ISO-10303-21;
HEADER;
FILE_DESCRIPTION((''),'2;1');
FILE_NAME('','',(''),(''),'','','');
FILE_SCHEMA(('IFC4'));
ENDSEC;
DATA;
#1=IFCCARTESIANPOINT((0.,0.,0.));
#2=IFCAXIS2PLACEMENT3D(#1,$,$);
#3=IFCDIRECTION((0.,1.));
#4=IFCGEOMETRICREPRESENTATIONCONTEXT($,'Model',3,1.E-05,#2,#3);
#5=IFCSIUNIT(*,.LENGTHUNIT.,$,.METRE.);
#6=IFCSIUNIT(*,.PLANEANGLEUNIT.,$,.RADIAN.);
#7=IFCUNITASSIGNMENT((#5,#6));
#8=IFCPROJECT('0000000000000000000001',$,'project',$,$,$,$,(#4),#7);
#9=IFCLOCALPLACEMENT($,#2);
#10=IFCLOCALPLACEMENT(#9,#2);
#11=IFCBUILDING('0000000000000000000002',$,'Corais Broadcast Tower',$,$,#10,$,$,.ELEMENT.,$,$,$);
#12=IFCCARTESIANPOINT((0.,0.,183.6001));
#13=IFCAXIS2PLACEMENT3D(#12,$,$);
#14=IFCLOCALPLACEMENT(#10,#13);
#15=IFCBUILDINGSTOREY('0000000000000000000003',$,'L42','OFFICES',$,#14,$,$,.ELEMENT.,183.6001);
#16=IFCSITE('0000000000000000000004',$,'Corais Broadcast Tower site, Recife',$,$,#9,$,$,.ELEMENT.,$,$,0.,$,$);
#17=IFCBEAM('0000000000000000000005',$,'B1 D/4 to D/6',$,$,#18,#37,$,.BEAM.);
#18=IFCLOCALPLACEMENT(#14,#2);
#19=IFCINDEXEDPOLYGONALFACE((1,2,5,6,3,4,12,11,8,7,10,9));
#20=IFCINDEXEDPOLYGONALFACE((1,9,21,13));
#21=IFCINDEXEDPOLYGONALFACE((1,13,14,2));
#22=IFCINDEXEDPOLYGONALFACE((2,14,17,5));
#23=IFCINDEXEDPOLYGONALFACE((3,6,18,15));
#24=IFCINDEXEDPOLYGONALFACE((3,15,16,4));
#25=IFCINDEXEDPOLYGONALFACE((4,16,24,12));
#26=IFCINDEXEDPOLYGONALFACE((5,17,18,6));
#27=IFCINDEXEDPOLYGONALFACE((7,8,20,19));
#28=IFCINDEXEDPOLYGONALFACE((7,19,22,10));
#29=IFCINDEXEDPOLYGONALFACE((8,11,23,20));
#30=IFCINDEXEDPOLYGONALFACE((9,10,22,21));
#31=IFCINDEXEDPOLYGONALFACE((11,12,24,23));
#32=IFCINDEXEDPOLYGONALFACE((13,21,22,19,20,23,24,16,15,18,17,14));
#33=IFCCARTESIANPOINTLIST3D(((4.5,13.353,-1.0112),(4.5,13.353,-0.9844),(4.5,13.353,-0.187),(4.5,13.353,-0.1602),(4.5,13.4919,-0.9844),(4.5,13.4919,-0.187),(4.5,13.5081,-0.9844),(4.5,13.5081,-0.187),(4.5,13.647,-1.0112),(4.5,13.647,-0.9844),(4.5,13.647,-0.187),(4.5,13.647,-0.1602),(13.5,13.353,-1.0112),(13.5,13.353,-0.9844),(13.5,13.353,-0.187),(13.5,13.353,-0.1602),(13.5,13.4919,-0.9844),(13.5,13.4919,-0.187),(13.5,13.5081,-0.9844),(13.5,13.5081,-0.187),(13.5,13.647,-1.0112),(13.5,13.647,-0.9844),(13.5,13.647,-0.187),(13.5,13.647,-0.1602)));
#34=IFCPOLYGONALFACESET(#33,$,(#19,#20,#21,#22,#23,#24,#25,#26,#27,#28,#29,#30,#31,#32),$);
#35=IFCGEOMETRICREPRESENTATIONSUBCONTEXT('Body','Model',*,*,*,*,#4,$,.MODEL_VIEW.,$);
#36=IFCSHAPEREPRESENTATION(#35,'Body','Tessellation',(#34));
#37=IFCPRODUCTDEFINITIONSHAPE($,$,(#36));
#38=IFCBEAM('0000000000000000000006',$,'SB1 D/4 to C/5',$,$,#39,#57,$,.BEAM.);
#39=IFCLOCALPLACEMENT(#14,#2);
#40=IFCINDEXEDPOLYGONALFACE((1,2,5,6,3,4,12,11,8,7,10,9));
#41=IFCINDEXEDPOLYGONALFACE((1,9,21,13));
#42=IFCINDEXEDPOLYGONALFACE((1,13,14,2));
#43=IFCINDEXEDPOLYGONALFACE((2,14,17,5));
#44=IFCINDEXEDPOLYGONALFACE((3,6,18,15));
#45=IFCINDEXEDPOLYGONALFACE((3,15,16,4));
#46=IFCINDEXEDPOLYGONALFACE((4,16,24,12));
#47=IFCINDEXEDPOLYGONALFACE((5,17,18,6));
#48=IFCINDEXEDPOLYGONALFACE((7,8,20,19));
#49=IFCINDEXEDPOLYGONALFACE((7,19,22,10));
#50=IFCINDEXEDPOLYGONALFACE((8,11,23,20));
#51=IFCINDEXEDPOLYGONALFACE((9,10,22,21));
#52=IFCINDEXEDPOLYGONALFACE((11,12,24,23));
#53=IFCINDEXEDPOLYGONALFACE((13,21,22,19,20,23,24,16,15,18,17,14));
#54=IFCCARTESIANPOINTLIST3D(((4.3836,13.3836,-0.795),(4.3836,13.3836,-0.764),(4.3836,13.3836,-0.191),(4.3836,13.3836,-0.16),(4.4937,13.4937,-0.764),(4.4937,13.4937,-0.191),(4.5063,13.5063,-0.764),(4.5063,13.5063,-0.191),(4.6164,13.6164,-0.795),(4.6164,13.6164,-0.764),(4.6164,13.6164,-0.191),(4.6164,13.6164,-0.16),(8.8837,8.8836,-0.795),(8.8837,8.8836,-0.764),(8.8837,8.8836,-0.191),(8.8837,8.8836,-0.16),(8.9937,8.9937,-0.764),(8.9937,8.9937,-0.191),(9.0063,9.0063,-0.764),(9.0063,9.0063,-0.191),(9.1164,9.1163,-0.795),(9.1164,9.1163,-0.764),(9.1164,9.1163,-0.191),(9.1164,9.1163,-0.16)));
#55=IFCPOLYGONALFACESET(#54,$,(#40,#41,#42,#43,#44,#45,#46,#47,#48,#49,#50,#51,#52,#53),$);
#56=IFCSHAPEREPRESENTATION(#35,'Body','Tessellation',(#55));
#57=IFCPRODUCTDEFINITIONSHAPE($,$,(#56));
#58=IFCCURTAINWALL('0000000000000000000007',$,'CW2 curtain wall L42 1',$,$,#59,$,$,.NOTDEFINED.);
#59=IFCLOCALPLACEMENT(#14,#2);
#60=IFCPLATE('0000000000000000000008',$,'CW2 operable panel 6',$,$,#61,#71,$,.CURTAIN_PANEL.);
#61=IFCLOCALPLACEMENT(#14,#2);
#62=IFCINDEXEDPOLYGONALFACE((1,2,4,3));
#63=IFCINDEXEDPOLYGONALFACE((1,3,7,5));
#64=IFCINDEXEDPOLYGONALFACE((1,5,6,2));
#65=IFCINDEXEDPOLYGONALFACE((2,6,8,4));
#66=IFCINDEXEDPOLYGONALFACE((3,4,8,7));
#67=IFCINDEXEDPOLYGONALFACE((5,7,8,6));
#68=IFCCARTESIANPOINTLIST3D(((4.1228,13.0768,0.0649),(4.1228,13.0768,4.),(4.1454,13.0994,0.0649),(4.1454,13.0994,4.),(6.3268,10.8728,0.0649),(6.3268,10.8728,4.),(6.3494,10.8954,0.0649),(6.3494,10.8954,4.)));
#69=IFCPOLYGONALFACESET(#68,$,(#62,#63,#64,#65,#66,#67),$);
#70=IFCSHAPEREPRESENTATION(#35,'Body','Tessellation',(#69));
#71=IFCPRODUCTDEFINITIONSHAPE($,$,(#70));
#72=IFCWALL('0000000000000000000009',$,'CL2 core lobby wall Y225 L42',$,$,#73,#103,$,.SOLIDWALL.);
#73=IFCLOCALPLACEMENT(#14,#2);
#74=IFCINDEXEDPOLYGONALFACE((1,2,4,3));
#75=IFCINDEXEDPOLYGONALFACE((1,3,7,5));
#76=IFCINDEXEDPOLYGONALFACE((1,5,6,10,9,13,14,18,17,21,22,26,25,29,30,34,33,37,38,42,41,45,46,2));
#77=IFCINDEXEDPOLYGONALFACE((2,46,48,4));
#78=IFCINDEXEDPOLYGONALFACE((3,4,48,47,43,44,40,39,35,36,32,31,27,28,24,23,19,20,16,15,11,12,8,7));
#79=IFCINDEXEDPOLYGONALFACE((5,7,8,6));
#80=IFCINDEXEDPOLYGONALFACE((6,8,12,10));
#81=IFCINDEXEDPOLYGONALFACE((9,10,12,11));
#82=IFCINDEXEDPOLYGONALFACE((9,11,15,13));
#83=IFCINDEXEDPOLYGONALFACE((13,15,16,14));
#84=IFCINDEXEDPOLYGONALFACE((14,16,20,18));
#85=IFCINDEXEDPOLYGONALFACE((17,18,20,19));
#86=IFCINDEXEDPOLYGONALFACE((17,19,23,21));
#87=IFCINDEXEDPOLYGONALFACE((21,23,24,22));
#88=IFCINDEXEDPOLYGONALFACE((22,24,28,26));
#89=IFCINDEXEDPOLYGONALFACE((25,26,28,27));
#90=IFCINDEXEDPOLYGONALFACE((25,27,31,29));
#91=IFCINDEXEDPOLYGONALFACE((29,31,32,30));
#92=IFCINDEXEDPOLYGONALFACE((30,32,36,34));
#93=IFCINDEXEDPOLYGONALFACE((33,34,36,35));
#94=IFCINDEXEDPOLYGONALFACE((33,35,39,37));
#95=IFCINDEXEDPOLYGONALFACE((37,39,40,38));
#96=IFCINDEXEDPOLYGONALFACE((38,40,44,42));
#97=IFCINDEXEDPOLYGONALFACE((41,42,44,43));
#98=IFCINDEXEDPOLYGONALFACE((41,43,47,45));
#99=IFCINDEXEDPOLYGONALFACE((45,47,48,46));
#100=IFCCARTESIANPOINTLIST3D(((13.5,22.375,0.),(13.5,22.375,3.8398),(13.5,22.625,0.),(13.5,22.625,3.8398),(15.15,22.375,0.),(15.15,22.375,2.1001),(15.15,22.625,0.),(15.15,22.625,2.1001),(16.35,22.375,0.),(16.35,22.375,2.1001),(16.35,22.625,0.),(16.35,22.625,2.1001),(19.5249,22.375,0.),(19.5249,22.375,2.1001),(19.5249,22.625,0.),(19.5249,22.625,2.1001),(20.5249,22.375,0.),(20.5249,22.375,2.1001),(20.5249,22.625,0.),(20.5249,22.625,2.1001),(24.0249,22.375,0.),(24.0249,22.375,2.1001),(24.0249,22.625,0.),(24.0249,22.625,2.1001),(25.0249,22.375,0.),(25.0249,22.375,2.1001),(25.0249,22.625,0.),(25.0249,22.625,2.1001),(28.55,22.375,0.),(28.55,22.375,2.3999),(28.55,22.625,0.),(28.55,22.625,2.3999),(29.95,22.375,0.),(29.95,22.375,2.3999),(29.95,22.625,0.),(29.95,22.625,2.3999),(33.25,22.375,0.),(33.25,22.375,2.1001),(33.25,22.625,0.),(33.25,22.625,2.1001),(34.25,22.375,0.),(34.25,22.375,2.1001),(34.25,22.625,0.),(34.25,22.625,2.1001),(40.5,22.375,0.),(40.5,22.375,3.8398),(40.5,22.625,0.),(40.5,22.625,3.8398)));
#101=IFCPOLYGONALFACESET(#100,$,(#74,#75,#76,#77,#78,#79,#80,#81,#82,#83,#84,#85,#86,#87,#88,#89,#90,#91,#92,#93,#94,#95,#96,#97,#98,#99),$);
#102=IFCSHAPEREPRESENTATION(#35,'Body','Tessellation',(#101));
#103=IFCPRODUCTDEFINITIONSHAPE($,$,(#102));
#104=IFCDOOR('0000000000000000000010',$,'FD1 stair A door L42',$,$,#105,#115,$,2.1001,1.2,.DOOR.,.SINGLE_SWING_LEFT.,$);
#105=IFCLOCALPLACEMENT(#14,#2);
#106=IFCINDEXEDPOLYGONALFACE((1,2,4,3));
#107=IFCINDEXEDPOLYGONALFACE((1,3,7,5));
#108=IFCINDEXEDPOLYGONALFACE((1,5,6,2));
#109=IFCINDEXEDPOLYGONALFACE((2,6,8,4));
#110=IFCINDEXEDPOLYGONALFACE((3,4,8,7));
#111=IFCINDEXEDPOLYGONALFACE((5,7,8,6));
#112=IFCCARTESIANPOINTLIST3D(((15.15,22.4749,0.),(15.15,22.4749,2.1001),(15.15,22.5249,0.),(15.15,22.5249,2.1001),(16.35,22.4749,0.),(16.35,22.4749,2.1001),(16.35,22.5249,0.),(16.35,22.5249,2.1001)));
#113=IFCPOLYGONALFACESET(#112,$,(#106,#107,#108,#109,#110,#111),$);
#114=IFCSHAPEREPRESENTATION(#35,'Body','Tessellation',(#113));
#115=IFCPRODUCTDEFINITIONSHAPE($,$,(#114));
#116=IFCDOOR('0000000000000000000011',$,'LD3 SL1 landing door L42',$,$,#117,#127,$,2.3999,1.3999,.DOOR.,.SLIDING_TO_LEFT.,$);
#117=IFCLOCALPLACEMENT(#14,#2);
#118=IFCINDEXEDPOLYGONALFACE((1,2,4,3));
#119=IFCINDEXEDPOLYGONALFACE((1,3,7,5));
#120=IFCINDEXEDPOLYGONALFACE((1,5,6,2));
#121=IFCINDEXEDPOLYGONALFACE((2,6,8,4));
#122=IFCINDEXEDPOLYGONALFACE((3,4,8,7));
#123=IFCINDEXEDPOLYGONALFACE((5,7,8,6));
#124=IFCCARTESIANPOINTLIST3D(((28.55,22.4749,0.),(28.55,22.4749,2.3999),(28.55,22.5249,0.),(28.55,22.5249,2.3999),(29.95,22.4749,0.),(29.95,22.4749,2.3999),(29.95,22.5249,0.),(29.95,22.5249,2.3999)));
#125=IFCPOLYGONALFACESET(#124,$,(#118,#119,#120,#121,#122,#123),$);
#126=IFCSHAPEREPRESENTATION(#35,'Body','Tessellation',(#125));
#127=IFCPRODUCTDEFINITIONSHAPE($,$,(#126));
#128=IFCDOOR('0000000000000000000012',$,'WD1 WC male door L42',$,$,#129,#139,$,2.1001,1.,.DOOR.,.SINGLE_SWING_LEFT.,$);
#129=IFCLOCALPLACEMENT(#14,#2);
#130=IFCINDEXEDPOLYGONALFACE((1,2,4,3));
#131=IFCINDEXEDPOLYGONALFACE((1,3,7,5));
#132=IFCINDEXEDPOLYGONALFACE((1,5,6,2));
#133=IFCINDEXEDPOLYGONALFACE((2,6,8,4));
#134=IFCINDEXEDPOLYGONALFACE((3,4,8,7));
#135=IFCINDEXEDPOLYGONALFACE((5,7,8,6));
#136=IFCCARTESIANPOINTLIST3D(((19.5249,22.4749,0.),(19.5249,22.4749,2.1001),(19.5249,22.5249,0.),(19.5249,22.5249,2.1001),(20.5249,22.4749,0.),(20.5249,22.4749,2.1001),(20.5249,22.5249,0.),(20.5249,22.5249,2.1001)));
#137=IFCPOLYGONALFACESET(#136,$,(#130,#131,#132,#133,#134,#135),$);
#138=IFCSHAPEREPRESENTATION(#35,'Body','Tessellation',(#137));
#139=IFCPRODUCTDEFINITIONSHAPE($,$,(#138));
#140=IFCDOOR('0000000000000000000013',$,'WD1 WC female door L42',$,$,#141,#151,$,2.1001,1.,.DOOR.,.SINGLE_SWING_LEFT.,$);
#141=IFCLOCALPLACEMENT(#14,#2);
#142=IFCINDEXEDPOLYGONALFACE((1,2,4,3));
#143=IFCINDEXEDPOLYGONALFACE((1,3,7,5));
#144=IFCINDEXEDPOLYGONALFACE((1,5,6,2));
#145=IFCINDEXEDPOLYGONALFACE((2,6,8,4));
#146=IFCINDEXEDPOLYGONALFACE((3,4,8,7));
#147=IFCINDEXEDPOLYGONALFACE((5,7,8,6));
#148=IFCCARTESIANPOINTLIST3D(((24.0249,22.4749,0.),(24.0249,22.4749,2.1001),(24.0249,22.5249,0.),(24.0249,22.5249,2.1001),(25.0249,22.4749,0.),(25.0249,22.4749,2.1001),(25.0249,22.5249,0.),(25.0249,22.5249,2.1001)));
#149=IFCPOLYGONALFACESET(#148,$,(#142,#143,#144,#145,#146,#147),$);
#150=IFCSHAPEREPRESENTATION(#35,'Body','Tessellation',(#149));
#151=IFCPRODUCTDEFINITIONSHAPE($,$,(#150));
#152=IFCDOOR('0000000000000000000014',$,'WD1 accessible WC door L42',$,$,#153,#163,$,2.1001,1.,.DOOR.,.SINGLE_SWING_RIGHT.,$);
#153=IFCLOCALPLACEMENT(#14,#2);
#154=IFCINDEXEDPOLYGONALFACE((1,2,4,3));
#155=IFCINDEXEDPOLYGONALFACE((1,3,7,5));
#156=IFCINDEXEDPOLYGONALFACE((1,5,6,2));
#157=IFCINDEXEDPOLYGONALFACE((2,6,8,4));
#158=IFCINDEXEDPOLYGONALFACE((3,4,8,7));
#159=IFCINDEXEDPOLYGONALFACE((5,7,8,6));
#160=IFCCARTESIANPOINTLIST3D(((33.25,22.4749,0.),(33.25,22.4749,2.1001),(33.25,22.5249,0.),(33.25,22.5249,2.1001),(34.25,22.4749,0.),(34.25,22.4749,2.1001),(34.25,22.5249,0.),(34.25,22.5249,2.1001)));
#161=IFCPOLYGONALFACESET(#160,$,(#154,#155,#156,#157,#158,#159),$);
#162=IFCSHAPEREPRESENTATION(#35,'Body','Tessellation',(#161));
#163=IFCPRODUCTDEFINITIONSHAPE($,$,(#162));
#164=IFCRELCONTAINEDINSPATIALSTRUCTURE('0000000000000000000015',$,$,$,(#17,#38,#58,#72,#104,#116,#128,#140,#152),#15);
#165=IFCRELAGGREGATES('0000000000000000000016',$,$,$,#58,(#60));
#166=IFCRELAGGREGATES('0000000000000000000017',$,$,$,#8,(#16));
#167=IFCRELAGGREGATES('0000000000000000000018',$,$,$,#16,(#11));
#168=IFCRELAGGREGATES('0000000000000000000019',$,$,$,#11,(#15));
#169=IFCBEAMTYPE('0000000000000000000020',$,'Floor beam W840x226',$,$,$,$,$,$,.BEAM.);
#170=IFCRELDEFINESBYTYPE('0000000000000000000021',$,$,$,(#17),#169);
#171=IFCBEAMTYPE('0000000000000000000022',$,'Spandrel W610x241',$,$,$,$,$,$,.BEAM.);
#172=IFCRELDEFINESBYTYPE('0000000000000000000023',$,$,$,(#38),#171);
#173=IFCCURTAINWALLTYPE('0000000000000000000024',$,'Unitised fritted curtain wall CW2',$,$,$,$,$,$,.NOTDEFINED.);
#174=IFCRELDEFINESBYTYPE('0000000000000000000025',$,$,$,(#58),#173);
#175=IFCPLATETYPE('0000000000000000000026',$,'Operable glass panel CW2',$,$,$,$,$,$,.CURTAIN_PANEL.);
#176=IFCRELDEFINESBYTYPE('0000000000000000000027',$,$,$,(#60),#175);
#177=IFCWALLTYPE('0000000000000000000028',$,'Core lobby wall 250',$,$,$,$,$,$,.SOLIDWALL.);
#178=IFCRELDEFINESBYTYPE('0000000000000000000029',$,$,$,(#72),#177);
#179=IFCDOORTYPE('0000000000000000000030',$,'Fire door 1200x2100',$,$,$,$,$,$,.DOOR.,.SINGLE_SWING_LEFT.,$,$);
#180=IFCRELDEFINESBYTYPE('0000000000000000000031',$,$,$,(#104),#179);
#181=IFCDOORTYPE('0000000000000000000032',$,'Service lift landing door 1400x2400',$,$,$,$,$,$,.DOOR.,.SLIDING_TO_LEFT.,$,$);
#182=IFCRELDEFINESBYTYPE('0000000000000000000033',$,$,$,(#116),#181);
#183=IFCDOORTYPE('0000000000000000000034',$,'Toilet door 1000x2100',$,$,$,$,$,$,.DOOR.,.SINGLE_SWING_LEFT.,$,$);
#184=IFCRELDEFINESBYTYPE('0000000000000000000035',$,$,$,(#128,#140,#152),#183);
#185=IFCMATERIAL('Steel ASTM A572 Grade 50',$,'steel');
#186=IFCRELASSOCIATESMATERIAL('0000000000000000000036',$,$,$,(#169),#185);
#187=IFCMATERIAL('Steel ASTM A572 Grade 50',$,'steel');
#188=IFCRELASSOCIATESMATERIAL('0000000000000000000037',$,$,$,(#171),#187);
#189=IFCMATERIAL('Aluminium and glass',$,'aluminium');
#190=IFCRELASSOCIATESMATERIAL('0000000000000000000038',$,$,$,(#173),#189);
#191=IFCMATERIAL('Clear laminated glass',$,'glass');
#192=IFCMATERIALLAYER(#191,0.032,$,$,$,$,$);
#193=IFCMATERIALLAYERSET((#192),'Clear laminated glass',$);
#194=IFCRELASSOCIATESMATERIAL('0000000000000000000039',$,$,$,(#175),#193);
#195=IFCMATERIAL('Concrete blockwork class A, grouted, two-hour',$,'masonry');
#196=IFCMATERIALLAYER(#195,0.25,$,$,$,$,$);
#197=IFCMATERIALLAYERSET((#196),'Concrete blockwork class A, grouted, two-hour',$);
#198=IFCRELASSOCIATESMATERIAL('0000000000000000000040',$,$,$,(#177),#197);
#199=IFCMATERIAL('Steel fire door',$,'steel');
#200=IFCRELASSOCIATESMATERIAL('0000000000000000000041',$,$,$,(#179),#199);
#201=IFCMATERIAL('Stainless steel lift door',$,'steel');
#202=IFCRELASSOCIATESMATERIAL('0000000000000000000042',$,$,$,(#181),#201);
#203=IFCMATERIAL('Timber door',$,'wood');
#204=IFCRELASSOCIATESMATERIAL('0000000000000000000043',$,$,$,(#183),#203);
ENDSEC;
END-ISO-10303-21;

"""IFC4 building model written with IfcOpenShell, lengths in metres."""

from ifc_helpers import new_model, si_unit, direction, frame, frame_2d, origin, origin_2d, place, context, subcontext, project, spatial, rectangle, i_section, extrude, material, layer, layer_set, material_profile, profile_set, type_object, element, fill, aggregate, save


model = new_model("IFC4")

# Units and contexts
model_context = context("Model", 3, precision=1e-05, world=origin(), true_north=direction((0.0, 1.0)))
body_context = subcontext(model_context, "Body", "Model", "MODEL_VIEW")
ifc_project = project(units=[si_unit("LENGTHUNIT", "METRE"), si_unit("PLANEANGLEUNIT", "RADIAN")], contexts=[model_context])

# Site, building, storey
site_placement = place(None, origin())
site = spatial("IfcSite", under=ifc_project, at=site_placement, Name="Corais Broadcast Tower site, Recife", CompositionType="ELEMENT", RefElevation=0.0)
building_placement = place(site_placement, origin())
building = spatial("IfcBuilding", under=site, at=building_placement, Name="Corais Broadcast Tower", CompositionType="ELEMENT")
storey_placement = place(building_placement, frame((0.0, 0.0, 183.6001)))
storey = spatial("IfcBuildingStorey", under=building, at=storey_placement, Name="L42", Description="OFFICES", CompositionType="ELEMENT", Elevation=183.6001)

# Beams
ifc_material_1 = material(Name="Steel ASTM A572 Grade 50", Category="steel")
ifc_material_profile_1 = material_profile(ifc_material_1, i_section(OverallWidth=0.2939, OverallDepth=0.8511, WebThickness=0.0161, FlangeThickness=0.0269, at=origin_2d()), Name="W840x226")
ifc_profile_set_1 = profile_set([ifc_material_profile_1], Name="Steel ASTM A572 Grade 50")
beam_type_1 = type_object("IfcBeamType", Name="Floor beam W840x226", PredefinedType="BEAM", material=ifc_profile_set_1)
beam_1_placement = place(storey_placement, frame((4.5, 13.5, -0.5857), z_axis=(1.0, 0.0, 0.0), x_axis=(0.0, 1.0, 0.0)))
element("IfcBeam", 1, at=beam_1_placement, inside=storey, type_object=beam_type_1, Name="B1 D/4 to D/6", PredefinedType="BEAM", context=body_context, shape_type="SweptSolid", body=[
    extrude(i_section(OverallWidth=0.2939, OverallDepth=0.8511, WebThickness=0.0161, FlangeThickness=0.0269, at=origin_2d()), origin(), (0.0, 0.0, 1.0), 9.0),
])
ifc_material_2 = material(Name="Steel ASTM A572 Grade 50", Category="steel")
ifc_material_profile_2 = material_profile(ifc_material_2, i_section(OverallWidth=0.3291, OverallDepth=0.635, WebThickness=0.0178, FlangeThickness=0.031, at=origin_2d()), Name="W610x241")
ifc_profile_set_2 = profile_set([ifc_material_profile_2], Name="Steel ASTM A572 Grade 50")
beam_type_2 = type_object("IfcBeamType", Name="Spandrel W610x241", PredefinedType="BEAM", material=ifc_profile_set_2)
beam_2_placement = place(storey_placement, frame((4.5, 13.5, -0.4775), z_axis=(0.707107, -0.707107, 0.0), x_axis=(0.707107, 0.707107, 0.0)))
element("IfcBeam", 2, at=beam_2_placement, inside=storey, type_object=beam_type_2, Name="SB1 D/4 to C/5", PredefinedType="BEAM", context=body_context, shape_type="SweptSolid", body=[
    extrude(i_section(OverallWidth=0.3291, OverallDepth=0.635, WebThickness=0.0178, FlangeThickness=0.031, at=origin_2d()), origin(), (0.0, 0.0, 1.0), 6.364),
])

# Curtain wall, plate
ifc_material_3 = material(Name="Aluminium and glass", Category="aluminium")
curtain_wall_type = type_object("IfcCurtainWallType", Name="Unitised fritted curtain wall CW2", PredefinedType="NOTDEFINED", material=ifc_material_3)
curtain_wall_placement = place(storey_placement, origin())
curtain_wall = element("IfcCurtainWall", 3, at=curtain_wall_placement, inside=storey, type_object=curtain_wall_type, Name="CW2 curtain wall L42 1", PredefinedType="NOTDEFINED")
ifc_material_4 = material(Name="Clear laminated glass", Category="glass")
ifc_layer_1 = layer(ifc_material_4, 0.032)
ifc_layer_set_1 = layer_set([ifc_layer_1], Name="Clear laminated glass")
plate_type = type_object("IfcPlateType", Name="Operable glass panel CW2", PredefinedType="CURTAIN_PANEL", material=ifc_layer_set_1)
plate_placement = place(storey_placement, frame((5.2361, 11.9861, 0.0649), z_axis=(0.0, 0.0, 1.0), x_axis=(-0.707107, 0.707107, 0.0)))
plate = element("IfcPlate", 4, at=plate_placement, type_object=plate_type, Name="CW2 operable panel 6", PredefinedType="CURTAIN_PANEL", context=body_context, shape_type="SweptSolid", body=[
    extrude(rectangle(XDim=3.1169, YDim=0.032, at=origin_2d()), origin(), (0.0, 0.0, 1.0), 3.9351),
])
aggregate(curtain_wall, [plate])

# Wall, openings, doors
ifc_material_5 = material(Name="Concrete blockwork class A, grouted, two-hour", Category="masonry")
ifc_layer_2 = layer(ifc_material_5, 0.25)
ifc_layer_set_2 = layer_set([ifc_layer_2], Name="Concrete blockwork class A, grouted, two-hour")
wall_type_1 = type_object("IfcWallType", Name="Core lobby wall 250", PredefinedType="SOLIDWALL", material=ifc_layer_set_2)
wall_1_placement = place(storey_placement, frame((13.5, 22.5, 0.0), z_axis=(0.0, 0.0, 1.0), x_axis=(1.0, 0.0, 0.0)))
wall_1 = element("IfcWall", 5, at=wall_1_placement, inside=storey, type_object=wall_type_1, Name="CL2 core lobby wall Y225 L42", PredefinedType="SOLIDWALL", context=body_context, shape_type="SweptSolid", body=[
    extrude(rectangle(XDim=27.0, YDim=0.25, at=frame_2d((13.5, 0.0))), origin(), (0.0, 0.0, 1.0), 3.8398),
])
opening_1_placement = place(wall_1_placement, frame((1.6499, 0.0, 0.0)))
opening_1 = element("IfcOpeningElement", 6, at=opening_1_placement, cuts=wall_1, PredefinedType="OPENING", context=body_context, shape_type="SweptSolid", body=[
    extrude(rectangle(XDim=1.2, YDim=2.1001, at=frame_2d((0.6001, 1.05))), frame((0.0, 0.135, 0.0), z_axis=(0.0, -1.0, 0.0), x_axis=(1.0, 0.0, 0.0)), (0.0, 0.0, 1.0), 0.27),
])
opening_2_placement = place(wall_1_placement, frame((6.0249, 0.0, 0.0)))
opening_2 = element("IfcOpeningElement", 7, at=opening_2_placement, cuts=wall_1, PredefinedType="OPENING", context=body_context, shape_type="SweptSolid", body=[
    extrude(rectangle(XDim=1.0, YDim=2.1001, at=frame_2d((0.5, 1.05))), frame((0.0, 0.135, 0.0), z_axis=(0.0, -1.0, 0.0), x_axis=(1.0, 0.0, 0.0)), (0.0, 0.0, 1.0), 0.27),
])
opening_3_placement = place(wall_1_placement, frame((10.5249, 0.0, 0.0)))
opening_3 = element("IfcOpeningElement", 8, at=opening_3_placement, cuts=wall_1, PredefinedType="OPENING", context=body_context, shape_type="SweptSolid", body=[
    extrude(rectangle(XDim=1.0, YDim=2.1001, at=frame_2d((0.5, 1.05))), frame((0.0, 0.135, 0.0), z_axis=(0.0, -1.0, 0.0), x_axis=(1.0, 0.0, 0.0)), (0.0, 0.0, 1.0), 0.27),
])
opening_4_placement = place(wall_1_placement, frame((19.75, 0.0, 0.0)))
opening_4 = element("IfcOpeningElement", 9, at=opening_4_placement, cuts=wall_1, PredefinedType="OPENING", context=body_context, shape_type="SweptSolid", body=[
    extrude(rectangle(XDim=1.0, YDim=2.1001, at=frame_2d((0.5, 1.05))), frame((0.0, 0.135, 0.0), z_axis=(0.0, -1.0, 0.0), x_axis=(1.0, 0.0, 0.0)), (0.0, 0.0, 1.0), 0.27),
])
opening_5_placement = place(wall_1_placement, frame((15.05, 0.0, 0.0)))
opening_5 = element("IfcOpeningElement", 10, at=opening_5_placement, cuts=wall_1, PredefinedType="OPENING", context=body_context, shape_type="SweptSolid", body=[
    extrude(rectangle(XDim=1.3999, YDim=2.3999, at=frame_2d((0.7, 1.2))), frame((0.0, 0.135, 0.0), z_axis=(0.0, -1.0, 0.0), x_axis=(1.0, 0.0, 0.0)), (0.0, 0.0, 1.0), 0.27),
])
ifc_material_6 = material(Name="Steel fire door", Category="steel")
door_type_1 = type_object("IfcDoorType", Name="Fire door 1200x2100", OperationType="SINGLE_SWING_LEFT", PredefinedType="DOOR", material=ifc_material_6)
door_1_placement = place(opening_1_placement, origin())
door_1 = element("IfcDoor", 11, at=door_1_placement, inside=storey, type_object=door_type_1, Name="FD1 stair A door L42", OperationType="SINGLE_SWING_LEFT", OverallHeight=2.1001, OverallWidth=1.2, PredefinedType="DOOR", context=body_context, shape_type="SweptSolid", body=[
    extrude(rectangle(XDim=1.2, YDim=2.1001, at=frame_2d((0.6001, 1.05))), frame((0.0, 0.0249, 0.0), z_axis=(0.0, -1.0, 0.0), x_axis=(1.0, 0.0, 0.0)), (0.0, 0.0, 1.0), 0.05),
])
fill(opening_1, door_1)
ifc_material_7 = material(Name="Stainless steel lift door", Category="steel")
door_type_2 = type_object("IfcDoorType", Name="Service lift landing door 1400x2400", OperationType="SLIDING_TO_LEFT", PredefinedType="DOOR", material=ifc_material_7)
door_2_placement = place(opening_5_placement, origin())
door_2 = element("IfcDoor", 12, at=door_2_placement, inside=storey, type_object=door_type_2, Name="LD3 SL1 landing door L42", OperationType="SLIDING_TO_LEFT", OverallHeight=2.3999, OverallWidth=1.3999, PredefinedType="DOOR", context=body_context, shape_type="SweptSolid", body=[
    extrude(rectangle(XDim=1.3999, YDim=2.3999, at=frame_2d((0.7, 1.2))), frame((0.0, 0.0249, 0.0), z_axis=(0.0, -1.0, 0.0), x_axis=(1.0, 0.0, 0.0)), (0.0, 0.0, 1.0), 0.05),
])
fill(opening_5, door_2)
ifc_material_8 = material(Name="Timber door", Category="wood")
door_type_3 = type_object("IfcDoorType", Name="Toilet door 1000x2100", OperationType="SINGLE_SWING_LEFT", PredefinedType="DOOR", material=ifc_material_8)
door_3_placement = place(opening_2_placement, origin())
door_3 = element("IfcDoor", 13, at=door_3_placement, inside=storey, type_object=door_type_3, Name="WD1 WC male door L42", OperationType="SINGLE_SWING_LEFT", OverallHeight=2.1001, OverallWidth=1.0, PredefinedType="DOOR", context=body_context, shape_type="SweptSolid", body=[
    extrude(rectangle(XDim=1.0, YDim=2.1001, at=frame_2d((0.5, 1.05))), frame((0.0, 0.0249, 0.0), z_axis=(0.0, -1.0, 0.0), x_axis=(1.0, 0.0, 0.0)), (0.0, 0.0, 1.0), 0.05),
])
fill(opening_2, door_3)
door_4_placement = place(opening_3_placement, origin())
door_4 = element("IfcDoor", 14, at=door_4_placement, inside=storey, type_object=door_type_3, Name="WD1 WC female door L42", OperationType="SINGLE_SWING_LEFT", OverallHeight=2.1001, OverallWidth=1.0, PredefinedType="DOOR", context=body_context, shape_type="SweptSolid", body=[
    extrude(rectangle(XDim=1.0, YDim=2.1001, at=frame_2d((0.5, 1.05))), frame((0.0, 0.0249, 0.0), z_axis=(0.0, -1.0, 0.0), x_axis=(1.0, 0.0, 0.0)), (0.0, 0.0, 1.0), 0.05),
])
fill(opening_3, door_4)
door_5_placement = place(opening_4_placement, origin())
door_5 = element("IfcDoor", 15, at=door_5_placement, inside=storey, type_object=door_type_3, Name="WD1 accessible WC door L42", OperationType="SINGLE_SWING_RIGHT", OverallHeight=2.1001, OverallWidth=1.0, PredefinedType="DOOR", context=body_context, shape_type="SweptSolid", body=[
    extrude(rectangle(XDim=1.0, YDim=2.1001, at=frame_2d((0.5, 1.05))), frame((0.0, 0.0249, 0.0), z_axis=(0.0, -1.0, 0.0), x_axis=(1.0, 0.0, 0.0)), (0.0, 0.0, 1.0), 0.05),
])
fill(opening_4, door_5)

save(model, "model.ifc")
